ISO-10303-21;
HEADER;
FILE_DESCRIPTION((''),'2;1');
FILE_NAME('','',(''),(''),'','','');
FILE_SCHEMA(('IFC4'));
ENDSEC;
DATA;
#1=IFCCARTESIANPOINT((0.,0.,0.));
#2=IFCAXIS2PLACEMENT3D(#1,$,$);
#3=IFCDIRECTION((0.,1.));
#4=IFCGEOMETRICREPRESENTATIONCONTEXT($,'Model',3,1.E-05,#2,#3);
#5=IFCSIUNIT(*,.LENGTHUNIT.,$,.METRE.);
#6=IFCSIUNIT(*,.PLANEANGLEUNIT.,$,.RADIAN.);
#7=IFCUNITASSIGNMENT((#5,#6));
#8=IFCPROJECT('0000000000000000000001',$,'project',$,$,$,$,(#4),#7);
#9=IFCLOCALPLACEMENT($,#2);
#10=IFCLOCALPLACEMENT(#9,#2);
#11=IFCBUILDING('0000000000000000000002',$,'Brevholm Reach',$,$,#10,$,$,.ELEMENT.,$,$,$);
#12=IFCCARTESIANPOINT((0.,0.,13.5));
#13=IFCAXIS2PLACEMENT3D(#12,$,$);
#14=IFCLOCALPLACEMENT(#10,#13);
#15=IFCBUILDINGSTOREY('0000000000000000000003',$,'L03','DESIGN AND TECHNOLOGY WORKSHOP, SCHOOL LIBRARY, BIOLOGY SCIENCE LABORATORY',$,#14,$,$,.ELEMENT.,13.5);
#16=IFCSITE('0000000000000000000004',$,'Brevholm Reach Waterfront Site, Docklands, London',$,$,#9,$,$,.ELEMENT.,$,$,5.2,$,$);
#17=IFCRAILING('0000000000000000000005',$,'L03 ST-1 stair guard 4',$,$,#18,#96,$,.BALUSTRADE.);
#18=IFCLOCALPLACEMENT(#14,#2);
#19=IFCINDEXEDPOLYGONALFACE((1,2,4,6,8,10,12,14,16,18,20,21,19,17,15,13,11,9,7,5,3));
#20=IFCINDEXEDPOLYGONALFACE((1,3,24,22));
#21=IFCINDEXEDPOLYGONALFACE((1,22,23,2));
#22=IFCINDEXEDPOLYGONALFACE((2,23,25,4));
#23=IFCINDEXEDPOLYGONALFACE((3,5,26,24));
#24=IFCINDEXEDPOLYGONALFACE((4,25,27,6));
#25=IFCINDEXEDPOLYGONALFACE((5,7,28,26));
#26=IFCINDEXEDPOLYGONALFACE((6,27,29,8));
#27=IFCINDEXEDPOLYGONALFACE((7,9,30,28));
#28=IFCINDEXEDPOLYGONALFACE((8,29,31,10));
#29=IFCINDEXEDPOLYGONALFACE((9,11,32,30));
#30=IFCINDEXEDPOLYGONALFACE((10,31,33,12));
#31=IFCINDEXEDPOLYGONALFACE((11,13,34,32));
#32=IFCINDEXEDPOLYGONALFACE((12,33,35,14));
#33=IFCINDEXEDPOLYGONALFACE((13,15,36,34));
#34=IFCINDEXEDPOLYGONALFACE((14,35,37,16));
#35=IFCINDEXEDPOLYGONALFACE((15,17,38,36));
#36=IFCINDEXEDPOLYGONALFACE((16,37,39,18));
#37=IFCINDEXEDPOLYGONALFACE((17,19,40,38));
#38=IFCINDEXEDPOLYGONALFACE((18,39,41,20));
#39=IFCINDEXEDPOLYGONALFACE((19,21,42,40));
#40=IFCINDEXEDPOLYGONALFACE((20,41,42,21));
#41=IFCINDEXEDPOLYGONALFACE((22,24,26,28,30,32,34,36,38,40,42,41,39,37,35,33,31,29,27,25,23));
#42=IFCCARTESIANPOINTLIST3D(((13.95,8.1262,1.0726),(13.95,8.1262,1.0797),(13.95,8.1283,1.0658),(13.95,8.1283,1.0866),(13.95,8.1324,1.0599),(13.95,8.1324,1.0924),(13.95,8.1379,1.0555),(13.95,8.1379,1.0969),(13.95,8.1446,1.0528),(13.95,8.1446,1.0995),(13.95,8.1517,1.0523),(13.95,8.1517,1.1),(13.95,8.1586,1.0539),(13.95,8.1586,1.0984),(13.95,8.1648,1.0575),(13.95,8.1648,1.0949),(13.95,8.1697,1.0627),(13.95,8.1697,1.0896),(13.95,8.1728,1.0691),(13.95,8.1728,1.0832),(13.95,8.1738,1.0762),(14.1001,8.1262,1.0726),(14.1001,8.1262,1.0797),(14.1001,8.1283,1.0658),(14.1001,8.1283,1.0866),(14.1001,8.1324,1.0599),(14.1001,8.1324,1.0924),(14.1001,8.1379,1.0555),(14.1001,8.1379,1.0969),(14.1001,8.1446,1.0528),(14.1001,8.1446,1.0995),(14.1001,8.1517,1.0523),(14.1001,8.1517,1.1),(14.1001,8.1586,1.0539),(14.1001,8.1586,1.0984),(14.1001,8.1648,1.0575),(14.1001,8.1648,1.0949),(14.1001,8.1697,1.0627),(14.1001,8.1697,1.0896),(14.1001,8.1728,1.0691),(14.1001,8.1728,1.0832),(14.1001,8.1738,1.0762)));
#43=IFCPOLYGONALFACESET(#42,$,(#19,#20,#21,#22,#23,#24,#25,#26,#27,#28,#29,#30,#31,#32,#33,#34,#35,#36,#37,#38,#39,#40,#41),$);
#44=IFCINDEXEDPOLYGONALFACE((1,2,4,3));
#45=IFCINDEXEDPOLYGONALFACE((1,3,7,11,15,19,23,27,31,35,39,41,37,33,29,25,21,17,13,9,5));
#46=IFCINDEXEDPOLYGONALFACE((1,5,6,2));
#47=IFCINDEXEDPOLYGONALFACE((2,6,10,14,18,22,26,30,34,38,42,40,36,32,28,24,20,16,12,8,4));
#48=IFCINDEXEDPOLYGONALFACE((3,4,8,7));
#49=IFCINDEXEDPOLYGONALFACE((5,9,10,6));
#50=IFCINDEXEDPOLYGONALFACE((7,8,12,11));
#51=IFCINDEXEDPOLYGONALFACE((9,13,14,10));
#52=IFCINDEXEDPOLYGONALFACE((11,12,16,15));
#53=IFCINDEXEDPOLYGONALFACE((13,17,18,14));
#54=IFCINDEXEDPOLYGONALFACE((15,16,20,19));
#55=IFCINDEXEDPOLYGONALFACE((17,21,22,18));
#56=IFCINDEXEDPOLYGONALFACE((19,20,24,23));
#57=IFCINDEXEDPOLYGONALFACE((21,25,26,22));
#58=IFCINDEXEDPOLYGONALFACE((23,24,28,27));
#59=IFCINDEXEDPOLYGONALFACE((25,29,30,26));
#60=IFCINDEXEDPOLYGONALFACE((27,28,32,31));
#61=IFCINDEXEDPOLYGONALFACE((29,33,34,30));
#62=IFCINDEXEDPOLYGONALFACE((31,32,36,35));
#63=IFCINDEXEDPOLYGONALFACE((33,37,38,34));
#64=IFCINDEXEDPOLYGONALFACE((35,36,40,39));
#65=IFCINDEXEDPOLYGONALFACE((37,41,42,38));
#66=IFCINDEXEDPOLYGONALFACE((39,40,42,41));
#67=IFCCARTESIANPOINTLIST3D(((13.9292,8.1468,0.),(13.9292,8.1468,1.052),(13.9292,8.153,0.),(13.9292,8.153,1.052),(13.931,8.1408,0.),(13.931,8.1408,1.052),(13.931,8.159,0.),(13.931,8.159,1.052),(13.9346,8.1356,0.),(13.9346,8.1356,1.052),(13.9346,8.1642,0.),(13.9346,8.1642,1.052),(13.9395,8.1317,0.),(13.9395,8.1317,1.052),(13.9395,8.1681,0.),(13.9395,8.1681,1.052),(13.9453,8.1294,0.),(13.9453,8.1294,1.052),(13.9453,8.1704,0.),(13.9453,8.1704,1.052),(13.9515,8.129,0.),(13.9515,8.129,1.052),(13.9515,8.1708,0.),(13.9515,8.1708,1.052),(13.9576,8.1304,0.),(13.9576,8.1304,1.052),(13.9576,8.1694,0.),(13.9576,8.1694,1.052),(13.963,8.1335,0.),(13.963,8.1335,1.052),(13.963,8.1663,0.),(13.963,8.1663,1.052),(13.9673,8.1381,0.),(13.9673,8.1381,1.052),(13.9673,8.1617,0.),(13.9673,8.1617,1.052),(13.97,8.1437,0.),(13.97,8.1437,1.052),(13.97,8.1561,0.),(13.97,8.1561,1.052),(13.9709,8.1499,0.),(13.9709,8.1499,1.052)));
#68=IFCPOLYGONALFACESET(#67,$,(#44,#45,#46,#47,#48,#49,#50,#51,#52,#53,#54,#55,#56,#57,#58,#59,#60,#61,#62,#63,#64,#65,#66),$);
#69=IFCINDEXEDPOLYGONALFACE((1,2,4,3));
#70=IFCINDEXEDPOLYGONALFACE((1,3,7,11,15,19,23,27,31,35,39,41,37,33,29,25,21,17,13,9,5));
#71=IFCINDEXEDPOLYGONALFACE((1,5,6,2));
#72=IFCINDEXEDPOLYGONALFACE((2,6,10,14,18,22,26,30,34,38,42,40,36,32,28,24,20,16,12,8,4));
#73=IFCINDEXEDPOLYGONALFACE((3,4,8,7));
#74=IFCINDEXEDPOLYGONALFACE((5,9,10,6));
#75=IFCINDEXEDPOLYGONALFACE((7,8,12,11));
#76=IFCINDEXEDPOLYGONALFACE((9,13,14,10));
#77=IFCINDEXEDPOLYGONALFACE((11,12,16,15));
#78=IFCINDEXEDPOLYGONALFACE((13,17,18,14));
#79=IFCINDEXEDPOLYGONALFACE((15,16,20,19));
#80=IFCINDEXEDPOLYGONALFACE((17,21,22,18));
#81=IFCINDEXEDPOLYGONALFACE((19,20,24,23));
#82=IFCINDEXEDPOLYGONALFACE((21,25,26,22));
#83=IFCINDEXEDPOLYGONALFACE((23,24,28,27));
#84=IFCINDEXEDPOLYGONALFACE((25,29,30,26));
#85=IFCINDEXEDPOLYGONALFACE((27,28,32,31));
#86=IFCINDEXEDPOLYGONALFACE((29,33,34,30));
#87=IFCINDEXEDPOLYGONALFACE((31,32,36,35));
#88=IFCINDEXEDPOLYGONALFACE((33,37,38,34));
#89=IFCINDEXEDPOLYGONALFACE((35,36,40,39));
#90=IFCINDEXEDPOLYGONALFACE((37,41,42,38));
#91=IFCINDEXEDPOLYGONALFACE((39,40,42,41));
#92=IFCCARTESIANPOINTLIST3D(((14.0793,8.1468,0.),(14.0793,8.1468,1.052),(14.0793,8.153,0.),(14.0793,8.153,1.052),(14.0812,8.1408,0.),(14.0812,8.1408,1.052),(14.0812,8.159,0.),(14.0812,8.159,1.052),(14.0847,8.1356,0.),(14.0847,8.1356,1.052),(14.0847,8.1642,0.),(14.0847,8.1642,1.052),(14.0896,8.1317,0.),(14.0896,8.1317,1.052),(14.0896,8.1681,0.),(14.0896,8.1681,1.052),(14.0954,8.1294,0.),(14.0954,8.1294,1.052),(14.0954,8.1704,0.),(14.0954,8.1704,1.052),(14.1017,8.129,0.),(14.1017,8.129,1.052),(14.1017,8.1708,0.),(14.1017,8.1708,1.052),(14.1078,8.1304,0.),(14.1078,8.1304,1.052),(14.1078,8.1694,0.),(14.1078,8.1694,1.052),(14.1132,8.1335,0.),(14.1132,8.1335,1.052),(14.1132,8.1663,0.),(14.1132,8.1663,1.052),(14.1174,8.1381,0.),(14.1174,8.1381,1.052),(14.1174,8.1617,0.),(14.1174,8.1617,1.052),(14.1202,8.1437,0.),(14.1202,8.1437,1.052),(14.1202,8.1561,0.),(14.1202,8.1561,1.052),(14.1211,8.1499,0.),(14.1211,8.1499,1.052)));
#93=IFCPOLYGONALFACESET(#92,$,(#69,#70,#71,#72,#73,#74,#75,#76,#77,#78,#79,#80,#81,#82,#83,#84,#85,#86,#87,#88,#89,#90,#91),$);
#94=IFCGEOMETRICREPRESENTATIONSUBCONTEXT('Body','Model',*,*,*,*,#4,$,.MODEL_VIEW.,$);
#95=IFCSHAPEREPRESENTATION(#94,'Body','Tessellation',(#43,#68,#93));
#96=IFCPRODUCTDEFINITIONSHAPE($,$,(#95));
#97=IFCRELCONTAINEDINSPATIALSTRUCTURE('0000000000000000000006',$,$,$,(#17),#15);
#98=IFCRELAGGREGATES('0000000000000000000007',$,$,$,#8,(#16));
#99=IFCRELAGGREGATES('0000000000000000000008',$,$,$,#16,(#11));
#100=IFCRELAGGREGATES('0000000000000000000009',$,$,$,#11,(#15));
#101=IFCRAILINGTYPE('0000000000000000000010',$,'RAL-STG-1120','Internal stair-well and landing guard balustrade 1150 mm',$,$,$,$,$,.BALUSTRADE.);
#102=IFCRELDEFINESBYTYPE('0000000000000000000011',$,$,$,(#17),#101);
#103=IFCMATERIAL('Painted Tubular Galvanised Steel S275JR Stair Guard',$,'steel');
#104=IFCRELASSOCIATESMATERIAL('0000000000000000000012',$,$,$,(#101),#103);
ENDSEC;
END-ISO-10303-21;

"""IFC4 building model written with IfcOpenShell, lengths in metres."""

from ifc_helpers import new_model, si_unit, direction, frame, origin, origin_2d, place, context, subcontext, project, spatial, circle, extrude, material, type_object, element, save


model = new_model("IFC4")

# Units and contexts
model_context = context("Model", 3, precision=1e-05, world=origin(), true_north=direction((0.0, 1.0)))
body_context = subcontext(model_context, "Body", "Model", "MODEL_VIEW")
ifc_project = project(units=[si_unit("LENGTHUNIT", "METRE"), si_unit("PLANEANGLEUNIT", "RADIAN")], contexts=[model_context])

# Site, building, storey
site_placement = place(None, origin())
site = spatial("IfcSite", under=ifc_project, at=site_placement, Name="Brevholm Reach Waterfront Site, Docklands, London", CompositionType="ELEMENT", RefElevation=5.2)
building_placement = place(site_placement, origin())
building = spatial("IfcBuilding", under=site, at=building_placement, Name="Brevholm Reach", CompositionType="ELEMENT")
storey_placement = place(building_placement, frame((0.0, 0.0, 13.5)))
storey = spatial("IfcBuildingStorey", under=building, at=storey_placement, Name="L03", Description="DESIGN AND TECHNOLOGY WORKSHOP, SCHOOL LIBRARY, BIOLOGY SCIENCE LABORATORY", CompositionType="ELEMENT", Elevation=13.5)

# Railing
ifc_material_1 = material(Name="Painted Tubular Galvanised Steel S275JR Stair Guard", Category="steel")
railing_type_1 = type_object("IfcRailingType", Name="RAL-STG-1120", Description="Internal stair-well and landing guard balustrade 1150 mm", PredefinedType="BALUSTRADE", material=ifc_material_1)
railing_1_placement = place(storey_placement, frame((13.95, 8.1499, 0.0)))
element("IfcRailing", 1, at=railing_1_placement, inside=storey, type_object=railing_type_1, Name="L03 ST-1 stair guard 4", PredefinedType="BALUSTRADE", context=body_context, shape_type="SweptSolid", body=[
    extrude(circle(Radius=0.0239, at=origin_2d()), frame((0.0, 0.0, 1.0762), z_axis=(1.0, 0.0, 0.0), x_axis=(0.0, 1.0, 0.0)), (0.0, 0.0, 1.0), 0.1501),
    extrude(circle(Radius=0.021, at=origin_2d()), origin(), (0.0, 0.0, 1.0), 1.052),
    extrude(circle(Radius=0.021, at=origin_2d()), frame((0.1501, 0.0, 0.0)), (0.0, 0.0, 1.0), 1.052),
])

save(model, "model.ifc")
